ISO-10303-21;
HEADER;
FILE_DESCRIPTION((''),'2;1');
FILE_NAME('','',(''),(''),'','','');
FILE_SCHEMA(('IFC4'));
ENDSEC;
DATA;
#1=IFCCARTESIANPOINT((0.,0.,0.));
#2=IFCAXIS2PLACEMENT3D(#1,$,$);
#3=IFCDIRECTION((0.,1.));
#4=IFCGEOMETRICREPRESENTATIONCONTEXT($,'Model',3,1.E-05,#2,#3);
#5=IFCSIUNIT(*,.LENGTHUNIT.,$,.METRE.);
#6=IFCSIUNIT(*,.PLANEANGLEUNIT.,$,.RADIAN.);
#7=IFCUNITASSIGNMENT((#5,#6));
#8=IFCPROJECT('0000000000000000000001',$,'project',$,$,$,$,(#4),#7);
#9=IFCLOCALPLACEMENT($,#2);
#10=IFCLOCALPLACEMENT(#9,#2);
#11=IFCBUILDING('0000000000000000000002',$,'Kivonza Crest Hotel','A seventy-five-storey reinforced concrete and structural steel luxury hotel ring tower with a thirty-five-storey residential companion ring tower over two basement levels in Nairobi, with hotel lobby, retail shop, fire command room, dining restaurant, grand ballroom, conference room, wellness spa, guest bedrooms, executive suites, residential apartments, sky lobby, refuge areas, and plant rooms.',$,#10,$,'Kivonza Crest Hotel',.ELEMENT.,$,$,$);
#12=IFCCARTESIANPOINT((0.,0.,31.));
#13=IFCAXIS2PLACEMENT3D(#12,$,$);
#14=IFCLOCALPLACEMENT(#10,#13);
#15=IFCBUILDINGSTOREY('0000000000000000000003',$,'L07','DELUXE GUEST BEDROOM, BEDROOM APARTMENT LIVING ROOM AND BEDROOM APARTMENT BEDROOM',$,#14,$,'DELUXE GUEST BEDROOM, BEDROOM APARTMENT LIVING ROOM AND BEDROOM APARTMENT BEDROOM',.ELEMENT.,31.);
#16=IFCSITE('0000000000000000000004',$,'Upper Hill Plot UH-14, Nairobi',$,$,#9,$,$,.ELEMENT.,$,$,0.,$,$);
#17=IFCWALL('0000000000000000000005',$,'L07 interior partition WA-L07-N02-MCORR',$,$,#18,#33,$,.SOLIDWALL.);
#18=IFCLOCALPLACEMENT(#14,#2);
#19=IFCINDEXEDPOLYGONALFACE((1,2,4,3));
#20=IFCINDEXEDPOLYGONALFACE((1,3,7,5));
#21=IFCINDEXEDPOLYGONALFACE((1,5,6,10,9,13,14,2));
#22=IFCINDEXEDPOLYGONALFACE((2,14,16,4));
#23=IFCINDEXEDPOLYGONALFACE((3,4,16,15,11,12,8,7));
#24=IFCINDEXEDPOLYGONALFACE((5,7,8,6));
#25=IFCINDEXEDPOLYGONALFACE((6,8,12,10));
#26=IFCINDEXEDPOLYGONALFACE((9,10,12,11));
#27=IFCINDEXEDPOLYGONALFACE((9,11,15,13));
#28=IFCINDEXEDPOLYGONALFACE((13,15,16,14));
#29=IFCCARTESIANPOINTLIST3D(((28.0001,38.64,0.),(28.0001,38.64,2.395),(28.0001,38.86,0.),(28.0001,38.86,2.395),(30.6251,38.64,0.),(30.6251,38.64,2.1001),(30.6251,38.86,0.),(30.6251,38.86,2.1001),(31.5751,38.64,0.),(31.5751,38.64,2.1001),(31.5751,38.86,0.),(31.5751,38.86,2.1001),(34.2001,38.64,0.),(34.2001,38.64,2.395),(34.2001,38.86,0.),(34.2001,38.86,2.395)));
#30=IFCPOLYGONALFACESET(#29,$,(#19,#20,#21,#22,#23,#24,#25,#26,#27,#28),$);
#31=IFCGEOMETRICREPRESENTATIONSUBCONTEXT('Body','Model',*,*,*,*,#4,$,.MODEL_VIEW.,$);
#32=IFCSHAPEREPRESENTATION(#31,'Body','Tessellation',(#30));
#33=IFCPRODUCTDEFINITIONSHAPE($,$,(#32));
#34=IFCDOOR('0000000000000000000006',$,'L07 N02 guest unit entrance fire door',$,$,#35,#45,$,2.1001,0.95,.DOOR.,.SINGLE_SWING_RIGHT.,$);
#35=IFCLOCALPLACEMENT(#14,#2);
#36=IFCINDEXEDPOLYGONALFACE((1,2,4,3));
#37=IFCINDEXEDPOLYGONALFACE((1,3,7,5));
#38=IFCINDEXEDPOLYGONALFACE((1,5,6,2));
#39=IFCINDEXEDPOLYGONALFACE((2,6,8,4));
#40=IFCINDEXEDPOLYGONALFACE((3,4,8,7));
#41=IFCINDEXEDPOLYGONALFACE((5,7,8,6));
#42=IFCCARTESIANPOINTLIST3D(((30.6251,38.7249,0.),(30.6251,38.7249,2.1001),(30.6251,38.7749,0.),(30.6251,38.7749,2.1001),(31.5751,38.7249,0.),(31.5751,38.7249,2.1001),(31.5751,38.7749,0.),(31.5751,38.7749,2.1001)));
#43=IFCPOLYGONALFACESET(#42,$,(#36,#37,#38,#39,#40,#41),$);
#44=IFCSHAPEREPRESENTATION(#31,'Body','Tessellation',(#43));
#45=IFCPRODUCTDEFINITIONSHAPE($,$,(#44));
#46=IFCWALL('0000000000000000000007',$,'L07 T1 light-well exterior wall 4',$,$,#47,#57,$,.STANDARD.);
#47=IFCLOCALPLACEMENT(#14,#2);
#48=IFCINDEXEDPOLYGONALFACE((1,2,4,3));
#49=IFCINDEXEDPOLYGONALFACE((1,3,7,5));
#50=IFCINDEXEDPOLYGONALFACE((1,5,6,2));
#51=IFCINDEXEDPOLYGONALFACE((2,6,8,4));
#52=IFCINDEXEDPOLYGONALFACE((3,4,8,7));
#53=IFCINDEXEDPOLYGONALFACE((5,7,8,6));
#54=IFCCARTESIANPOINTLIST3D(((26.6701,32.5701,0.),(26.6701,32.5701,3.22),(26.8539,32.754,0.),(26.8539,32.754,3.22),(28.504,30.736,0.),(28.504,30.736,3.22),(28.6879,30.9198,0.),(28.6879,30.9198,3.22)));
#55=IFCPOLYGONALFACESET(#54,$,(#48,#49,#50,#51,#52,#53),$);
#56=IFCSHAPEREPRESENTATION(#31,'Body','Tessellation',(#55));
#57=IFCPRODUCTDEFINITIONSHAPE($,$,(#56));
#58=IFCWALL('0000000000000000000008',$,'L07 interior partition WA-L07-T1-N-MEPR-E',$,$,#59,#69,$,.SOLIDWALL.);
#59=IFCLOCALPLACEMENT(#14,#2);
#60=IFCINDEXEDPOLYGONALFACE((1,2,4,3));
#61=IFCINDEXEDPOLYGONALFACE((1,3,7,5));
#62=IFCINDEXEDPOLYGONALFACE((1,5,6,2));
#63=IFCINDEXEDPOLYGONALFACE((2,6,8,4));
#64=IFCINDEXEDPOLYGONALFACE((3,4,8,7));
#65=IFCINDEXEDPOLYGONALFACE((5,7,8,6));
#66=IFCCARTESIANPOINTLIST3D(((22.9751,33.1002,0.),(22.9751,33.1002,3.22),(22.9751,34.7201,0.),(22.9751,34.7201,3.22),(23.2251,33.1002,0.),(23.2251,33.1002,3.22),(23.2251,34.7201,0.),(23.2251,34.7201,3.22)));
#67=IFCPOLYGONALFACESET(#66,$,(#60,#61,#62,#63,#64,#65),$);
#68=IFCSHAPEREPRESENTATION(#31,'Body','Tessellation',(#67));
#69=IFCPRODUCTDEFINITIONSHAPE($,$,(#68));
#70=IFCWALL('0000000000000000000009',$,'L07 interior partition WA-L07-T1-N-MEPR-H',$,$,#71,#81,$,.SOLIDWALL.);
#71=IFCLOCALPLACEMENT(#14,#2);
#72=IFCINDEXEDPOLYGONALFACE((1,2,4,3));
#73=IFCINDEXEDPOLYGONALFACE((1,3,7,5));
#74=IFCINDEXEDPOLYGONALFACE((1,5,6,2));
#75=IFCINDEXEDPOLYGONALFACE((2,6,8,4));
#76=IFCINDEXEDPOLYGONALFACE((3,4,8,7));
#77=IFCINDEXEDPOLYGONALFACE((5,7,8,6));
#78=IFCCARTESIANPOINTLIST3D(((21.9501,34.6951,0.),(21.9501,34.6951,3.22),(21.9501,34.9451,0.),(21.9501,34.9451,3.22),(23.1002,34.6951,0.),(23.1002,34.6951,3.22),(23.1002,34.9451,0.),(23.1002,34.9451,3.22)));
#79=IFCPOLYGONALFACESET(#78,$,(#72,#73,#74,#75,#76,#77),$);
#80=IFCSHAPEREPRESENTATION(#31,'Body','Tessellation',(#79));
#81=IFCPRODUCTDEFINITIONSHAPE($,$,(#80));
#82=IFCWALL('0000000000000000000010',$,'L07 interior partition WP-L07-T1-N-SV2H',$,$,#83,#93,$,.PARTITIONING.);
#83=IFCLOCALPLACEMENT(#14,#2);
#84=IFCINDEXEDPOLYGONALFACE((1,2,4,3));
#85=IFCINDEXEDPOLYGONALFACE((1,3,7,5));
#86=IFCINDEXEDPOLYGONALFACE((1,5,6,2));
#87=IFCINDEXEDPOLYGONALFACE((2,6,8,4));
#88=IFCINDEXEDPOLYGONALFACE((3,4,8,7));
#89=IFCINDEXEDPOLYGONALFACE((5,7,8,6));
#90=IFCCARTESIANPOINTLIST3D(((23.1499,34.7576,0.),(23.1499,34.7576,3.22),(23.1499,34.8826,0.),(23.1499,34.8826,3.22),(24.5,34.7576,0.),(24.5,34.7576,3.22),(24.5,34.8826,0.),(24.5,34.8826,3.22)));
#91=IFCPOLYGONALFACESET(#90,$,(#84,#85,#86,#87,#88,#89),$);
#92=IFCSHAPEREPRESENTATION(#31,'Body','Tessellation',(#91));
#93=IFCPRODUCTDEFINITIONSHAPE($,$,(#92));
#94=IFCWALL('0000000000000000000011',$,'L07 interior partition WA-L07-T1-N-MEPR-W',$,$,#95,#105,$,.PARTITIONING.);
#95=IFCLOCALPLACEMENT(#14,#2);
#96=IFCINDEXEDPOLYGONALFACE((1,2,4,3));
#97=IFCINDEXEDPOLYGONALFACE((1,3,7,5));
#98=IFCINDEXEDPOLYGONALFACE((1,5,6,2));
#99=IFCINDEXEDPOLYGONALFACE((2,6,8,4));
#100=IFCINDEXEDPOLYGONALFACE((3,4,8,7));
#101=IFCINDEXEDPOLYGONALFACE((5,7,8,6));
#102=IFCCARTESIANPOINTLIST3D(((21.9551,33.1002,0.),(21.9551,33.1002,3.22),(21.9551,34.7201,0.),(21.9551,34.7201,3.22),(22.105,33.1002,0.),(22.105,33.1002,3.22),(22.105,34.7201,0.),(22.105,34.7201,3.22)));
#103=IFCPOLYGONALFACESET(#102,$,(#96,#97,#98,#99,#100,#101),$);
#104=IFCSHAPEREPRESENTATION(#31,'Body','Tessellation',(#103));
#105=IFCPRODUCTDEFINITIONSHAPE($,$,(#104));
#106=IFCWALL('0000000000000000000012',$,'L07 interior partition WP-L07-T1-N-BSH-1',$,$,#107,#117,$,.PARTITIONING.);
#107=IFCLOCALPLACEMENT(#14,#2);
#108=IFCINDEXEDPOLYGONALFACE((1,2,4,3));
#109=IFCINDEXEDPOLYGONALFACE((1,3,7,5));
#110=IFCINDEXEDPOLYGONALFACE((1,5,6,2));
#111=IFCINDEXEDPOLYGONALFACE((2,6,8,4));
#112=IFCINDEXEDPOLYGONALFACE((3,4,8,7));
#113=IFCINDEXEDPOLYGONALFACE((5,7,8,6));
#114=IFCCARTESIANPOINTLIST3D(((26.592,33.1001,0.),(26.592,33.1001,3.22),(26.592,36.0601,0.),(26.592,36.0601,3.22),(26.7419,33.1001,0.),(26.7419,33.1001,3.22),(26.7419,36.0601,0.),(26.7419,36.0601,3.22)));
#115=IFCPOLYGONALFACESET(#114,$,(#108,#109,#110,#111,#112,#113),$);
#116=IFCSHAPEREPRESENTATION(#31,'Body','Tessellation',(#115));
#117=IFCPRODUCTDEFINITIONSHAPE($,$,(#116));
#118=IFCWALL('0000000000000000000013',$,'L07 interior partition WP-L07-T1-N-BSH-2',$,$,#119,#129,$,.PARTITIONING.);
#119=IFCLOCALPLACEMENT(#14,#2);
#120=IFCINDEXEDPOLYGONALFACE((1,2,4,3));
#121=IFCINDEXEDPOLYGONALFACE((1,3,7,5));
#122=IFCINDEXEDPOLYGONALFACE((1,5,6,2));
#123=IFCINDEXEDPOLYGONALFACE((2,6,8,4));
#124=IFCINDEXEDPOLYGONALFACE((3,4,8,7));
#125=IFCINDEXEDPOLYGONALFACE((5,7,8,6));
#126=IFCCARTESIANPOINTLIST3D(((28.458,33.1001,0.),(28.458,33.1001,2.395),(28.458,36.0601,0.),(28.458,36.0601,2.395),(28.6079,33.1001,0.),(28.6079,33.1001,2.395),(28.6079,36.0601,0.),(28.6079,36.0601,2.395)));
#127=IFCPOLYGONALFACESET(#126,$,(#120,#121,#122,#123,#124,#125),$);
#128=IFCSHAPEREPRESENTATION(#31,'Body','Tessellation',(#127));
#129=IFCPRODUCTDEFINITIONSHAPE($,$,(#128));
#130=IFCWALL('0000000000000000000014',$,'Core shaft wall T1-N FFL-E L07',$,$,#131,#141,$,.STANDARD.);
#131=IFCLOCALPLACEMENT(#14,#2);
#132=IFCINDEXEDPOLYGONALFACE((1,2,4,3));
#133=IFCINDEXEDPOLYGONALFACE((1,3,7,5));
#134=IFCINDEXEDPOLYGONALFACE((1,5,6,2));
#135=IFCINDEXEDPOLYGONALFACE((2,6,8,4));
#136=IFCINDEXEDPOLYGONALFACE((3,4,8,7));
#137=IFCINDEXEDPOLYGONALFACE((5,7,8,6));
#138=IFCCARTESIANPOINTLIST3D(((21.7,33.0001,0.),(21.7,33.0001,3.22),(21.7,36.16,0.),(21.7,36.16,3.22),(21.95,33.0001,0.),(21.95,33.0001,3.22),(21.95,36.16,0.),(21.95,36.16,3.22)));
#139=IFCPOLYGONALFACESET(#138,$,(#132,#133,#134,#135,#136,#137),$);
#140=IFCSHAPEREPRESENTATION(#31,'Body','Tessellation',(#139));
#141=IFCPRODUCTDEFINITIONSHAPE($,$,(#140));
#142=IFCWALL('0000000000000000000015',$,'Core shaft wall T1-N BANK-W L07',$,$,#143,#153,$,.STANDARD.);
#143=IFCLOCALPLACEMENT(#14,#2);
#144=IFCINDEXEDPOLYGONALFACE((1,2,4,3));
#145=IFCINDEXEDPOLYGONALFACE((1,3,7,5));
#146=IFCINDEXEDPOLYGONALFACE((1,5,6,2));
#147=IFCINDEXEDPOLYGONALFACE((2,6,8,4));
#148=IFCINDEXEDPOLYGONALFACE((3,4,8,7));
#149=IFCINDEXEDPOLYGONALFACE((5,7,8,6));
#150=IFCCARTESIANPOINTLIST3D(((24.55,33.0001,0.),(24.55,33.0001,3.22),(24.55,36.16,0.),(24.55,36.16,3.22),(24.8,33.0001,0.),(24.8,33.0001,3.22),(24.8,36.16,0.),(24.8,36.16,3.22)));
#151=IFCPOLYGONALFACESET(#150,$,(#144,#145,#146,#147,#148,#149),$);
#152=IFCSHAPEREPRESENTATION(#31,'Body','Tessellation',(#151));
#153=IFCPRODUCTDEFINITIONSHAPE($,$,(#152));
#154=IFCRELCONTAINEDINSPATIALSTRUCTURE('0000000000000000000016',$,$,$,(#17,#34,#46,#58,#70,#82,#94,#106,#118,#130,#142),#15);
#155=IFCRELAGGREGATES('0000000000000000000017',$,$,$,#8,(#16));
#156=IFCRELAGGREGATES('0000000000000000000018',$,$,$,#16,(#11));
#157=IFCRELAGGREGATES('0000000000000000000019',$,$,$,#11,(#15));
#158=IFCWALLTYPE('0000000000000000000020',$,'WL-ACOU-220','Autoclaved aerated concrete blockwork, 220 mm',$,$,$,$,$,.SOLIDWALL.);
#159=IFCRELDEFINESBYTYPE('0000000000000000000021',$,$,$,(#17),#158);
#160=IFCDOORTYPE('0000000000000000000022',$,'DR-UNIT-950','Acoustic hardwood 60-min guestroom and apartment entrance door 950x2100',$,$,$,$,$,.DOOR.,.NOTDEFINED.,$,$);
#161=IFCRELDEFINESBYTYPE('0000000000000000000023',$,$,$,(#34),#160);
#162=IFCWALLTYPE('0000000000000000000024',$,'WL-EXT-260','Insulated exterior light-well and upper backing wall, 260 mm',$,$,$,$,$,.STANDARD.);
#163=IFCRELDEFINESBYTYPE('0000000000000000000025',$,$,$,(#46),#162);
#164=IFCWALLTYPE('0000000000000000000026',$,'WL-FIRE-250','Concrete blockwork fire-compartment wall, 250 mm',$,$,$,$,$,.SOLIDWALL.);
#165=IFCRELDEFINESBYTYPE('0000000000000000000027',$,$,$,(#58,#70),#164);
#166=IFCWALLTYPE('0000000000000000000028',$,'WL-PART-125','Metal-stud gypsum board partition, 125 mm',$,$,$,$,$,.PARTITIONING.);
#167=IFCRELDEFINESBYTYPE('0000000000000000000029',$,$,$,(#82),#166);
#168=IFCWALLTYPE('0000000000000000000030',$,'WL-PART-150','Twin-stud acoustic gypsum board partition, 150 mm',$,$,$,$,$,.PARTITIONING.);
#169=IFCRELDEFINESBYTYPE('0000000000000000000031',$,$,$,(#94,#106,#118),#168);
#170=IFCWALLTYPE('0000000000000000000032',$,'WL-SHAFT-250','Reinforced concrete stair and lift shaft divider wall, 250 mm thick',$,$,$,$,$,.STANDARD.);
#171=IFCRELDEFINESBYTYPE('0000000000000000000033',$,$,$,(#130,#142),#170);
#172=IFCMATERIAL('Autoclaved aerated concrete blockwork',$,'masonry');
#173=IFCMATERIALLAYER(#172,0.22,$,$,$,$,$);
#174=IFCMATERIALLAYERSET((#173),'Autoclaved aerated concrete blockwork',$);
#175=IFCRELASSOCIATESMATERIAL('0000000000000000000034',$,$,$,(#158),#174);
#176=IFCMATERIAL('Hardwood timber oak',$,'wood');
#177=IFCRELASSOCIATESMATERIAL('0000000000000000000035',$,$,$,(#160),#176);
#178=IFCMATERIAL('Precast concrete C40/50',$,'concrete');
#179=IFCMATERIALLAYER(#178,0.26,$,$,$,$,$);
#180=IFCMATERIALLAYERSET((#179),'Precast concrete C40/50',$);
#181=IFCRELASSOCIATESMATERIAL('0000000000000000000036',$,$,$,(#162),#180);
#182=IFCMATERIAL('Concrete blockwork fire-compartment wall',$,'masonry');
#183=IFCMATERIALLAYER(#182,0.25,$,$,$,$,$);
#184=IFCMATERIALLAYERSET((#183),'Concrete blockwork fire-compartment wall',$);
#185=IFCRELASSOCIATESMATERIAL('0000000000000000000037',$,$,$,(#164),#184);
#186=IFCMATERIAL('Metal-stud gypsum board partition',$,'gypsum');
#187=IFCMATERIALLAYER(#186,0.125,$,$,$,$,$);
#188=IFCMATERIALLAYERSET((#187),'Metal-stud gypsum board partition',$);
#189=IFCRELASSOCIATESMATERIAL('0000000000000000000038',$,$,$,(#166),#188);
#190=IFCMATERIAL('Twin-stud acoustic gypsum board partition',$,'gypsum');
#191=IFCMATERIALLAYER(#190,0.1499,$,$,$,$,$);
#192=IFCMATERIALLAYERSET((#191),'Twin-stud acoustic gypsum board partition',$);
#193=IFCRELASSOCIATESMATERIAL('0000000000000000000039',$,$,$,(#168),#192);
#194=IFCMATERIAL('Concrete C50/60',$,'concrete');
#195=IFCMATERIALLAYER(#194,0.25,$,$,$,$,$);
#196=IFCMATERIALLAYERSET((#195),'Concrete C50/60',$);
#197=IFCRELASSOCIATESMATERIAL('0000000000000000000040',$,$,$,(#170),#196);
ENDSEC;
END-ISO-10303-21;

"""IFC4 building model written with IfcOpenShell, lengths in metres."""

from ifc_helpers import new_model, si_unit, direction, frame, frame_2d, origin, place, context, subcontext, project, spatial, rectangle, extrude, material, layer, layer_set, type_object, element, fill, save


model = new_model("IFC4")

# Units and contexts
model_context = context("Model", 3, precision=1e-05, world=origin(), true_north=direction((0.0, 1.0)))
body_context = subcontext(model_context, "Body", "Model", "MODEL_VIEW")
ifc_project = project(units=[si_unit("LENGTHUNIT", "METRE"), si_unit("PLANEANGLEUNIT", "RADIAN")], contexts=[model_context])

# Site, building, storey
site_placement = place(None, origin())
site = spatial("IfcSite", under=ifc_project, at=site_placement, Name="Upper Hill Plot UH-14, Nairobi", CompositionType="ELEMENT", RefElevation=0.0)
building_placement = place(site_placement, origin())
building = spatial("IfcBuilding", under=site, at=building_placement, Name="Kivonza Crest Hotel", Description="A seventy-five-storey reinforced concrete and structural steel luxury hotel ring tower with a thirty-five-storey residential companion ring tower over two basement levels in Nairobi, with hotel lobby, retail shop, fire command room, dining restaurant, grand ballroom, conference room, wellness spa, guest bedrooms, executive suites, residential apartments, sky lobby, refuge areas, and plant rooms.", LongName="Kivonza Crest Hotel", CompositionType="ELEMENT")
storey_placement = place(building_placement, frame((0.0, 0.0, 31.0)))
storey = spatial("IfcBuildingStorey", under=building, at=storey_placement, Name="L07", Description="DELUXE GUEST BEDROOM, BEDROOM APARTMENT LIVING ROOM AND BEDROOM APARTMENT BEDROOM", LongName="DELUXE GUEST BEDROOM, BEDROOM APARTMENT LIVING ROOM AND BEDROOM APARTMENT BEDROOM", CompositionType="ELEMENT", Elevation=31.0)

# Shared definitions
ifc_material_1 = material(Name="Autoclaved aerated concrete blockwork", Category="masonry")
ifc_layer_1 = layer(ifc_material_1, 0.22)
ifc_layer_set_1 = layer_set([ifc_layer_1], Name="Autoclaved aerated concrete blockwork")
wall_type_1 = type_object("IfcWallType", Name="WL-ACOU-220", Description="Autoclaved aerated concrete blockwork, 220 mm", PredefinedType="SOLIDWALL", material=ifc_layer_set_1)

# Wall, opening, door
wall_1_placement = place(storey_placement, frame((28.0, 38.75, 0.0), z_axis=(0.0, 0.0, 1.0), x_axis=(1.0, 0.0, 0.0)))
wall_1 = element("IfcWall", 1, at=wall_1_placement, inside=storey, type_object=wall_type_1, Name="L07 interior partition WA-L07-N02-MCORR", PredefinedType="SOLIDWALL", context=body_context, shape_type="SweptSolid", body=[
    extrude(rectangle(XDim=6.2, YDim=0.22, at=frame_2d((3.1001, 0.0))), origin(), (0.0, 0.0, 1.0), 2.395),
])
opening_1_placement = place(wall_1_placement, frame((2.625, 0.0, 0.0)))
opening_1 = element("IfcOpeningElement", 2, at=opening_1_placement, cuts=wall_1, PredefinedType="OPENING", context=body_context, shape_type="SweptSolid", body=[
    extrude(rectangle(XDim=0.95, YDim=2.1001, at=frame_2d((0.4751, 1.05))), frame((0.0, 0.1201, 0.0), z_axis=(0.0, -1.0, 0.0), x_axis=(1.0, 0.0, 0.0)), (0.0, 0.0, 1.0), 0.24),
])
ifc_material_2 = material(Name="Hardwood timber oak", Category="wood")
door_type_1 = type_object("IfcDoorType", Name="DR-UNIT-950", Description="Acoustic hardwood 60-min guestroom and apartment entrance door 950x2100", OperationType="NOTDEFINED", PredefinedType="DOOR", material=ifc_material_2)
door_1_placement = place(opening_1_placement, origin())
door_1 = element("IfcDoor", 3, at=door_1_placement, inside=storey, type_object=door_type_1, Name="L07 N02 guest unit entrance fire door", OperationType="SINGLE_SWING_RIGHT", OverallHeight=2.1001, OverallWidth=0.95, PredefinedType="DOOR", context=body_context, shape_type="SweptSolid", body=[
    extrude(rectangle(XDim=0.95, YDim=2.1001, at=frame_2d((0.4751, 1.05))), frame((0.0, 0.0249, 0.0), z_axis=(0.0, -1.0, 0.0), x_axis=(1.0, 0.0, 0.0)), (0.0, 0.0, 1.0), 0.05),
])
fill(opening_1, door_1)

# Walls
ifc_material_3 = material(Name="Precast concrete C40/50", Category="concrete")
ifc_layer_2 = layer(ifc_material_3, 0.26)
ifc_layer_set_2 = layer_set([ifc_layer_2], Name="Precast concrete C40/50")
wall_type_2 = type_object("IfcWallType", Name="WL-EXT-260", Description="Insulated exterior light-well and upper backing wall, 260 mm", PredefinedType="STANDARD", material=ifc_layer_set_2)
wall_2_placement = place(storey_placement, frame((28.5959, 30.8279, 0.0), z_axis=(0.0, 0.0, 1.0), x_axis=(-0.70706, 0.707154, 0.0)))
element("IfcWall", 4, at=wall_2_placement, inside=storey, type_object=wall_type_2, Name="L07 T1 light-well exterior wall 4", PredefinedType="STANDARD", context=body_context, shape_type="SweptSolid", body=[
    extrude(rectangle(XDim=2.5938, YDim=0.26, at=frame_2d((1.2969, 0.0))), origin(), (0.0, 0.0, 1.0), 3.22),
])
ifc_material_4 = material(Name="Concrete blockwork fire-compartment wall", Category="masonry")
ifc_layer_3 = layer(ifc_material_4, 0.25)
ifc_layer_set_3 = layer_set([ifc_layer_3], Name="Concrete blockwork fire-compartment wall")
wall_type_3 = type_object("IfcWallType", Name="WL-FIRE-250", Description="Concrete blockwork fire-compartment wall, 250 mm", PredefinedType="SOLIDWALL", material=ifc_layer_set_3)
wall_3_placement = place(storey_placement, frame((23.1001, 33.1001, 0.0), z_axis=(0.0, 0.0, 1.0), x_axis=(0.0, 1.0, 0.0)))
element("IfcWall", 5, at=wall_3_placement, inside=storey, type_object=wall_type_3, Name="L07 interior partition WA-L07-T1-N-MEPR-E", PredefinedType="SOLIDWALL", context=body_context, shape_type="SweptSolid", body=[
    extrude(rectangle(XDim=1.6199, YDim=0.25, at=frame_2d((0.8101, 0.0))), origin(), (0.0, 0.0, 1.0), 3.22),
])
wall_4_placement = place(storey_placement, frame((21.95, 34.8201, 0.0), z_axis=(0.0, 0.0, 1.0), x_axis=(1.0, 0.0, 0.0)))
element("IfcWall", 6, at=wall_4_placement, inside=storey, type_object=wall_type_3, Name="L07 interior partition WA-L07-T1-N-MEPR-H", PredefinedType="SOLIDWALL", context=body_context, shape_type="SweptSolid", body=[
    extrude(rectangle(XDim=1.1501, YDim=0.25, at=frame_2d((0.5752, 0.0))), origin(), (0.0, 0.0, 1.0), 3.22),
])
ifc_material_5 = material(Name="Metal-stud gypsum board partition", Category="gypsum")
ifc_layer_4 = layer(ifc_material_5, 0.125)
ifc_layer_set_4 = layer_set([ifc_layer_4], Name="Metal-stud gypsum board partition")
wall_type_4 = type_object("IfcWallType", Name="WL-PART-125", Description="Metal-stud gypsum board partition, 125 mm", PredefinedType="PARTITIONING", material=ifc_layer_set_4)
wall_5_placement = place(storey_placement, frame((23.1499, 34.8201, 0.0), z_axis=(0.0, 0.0, 1.0), x_axis=(1.0, 0.0, 0.0)))
element("IfcWall", 7, at=wall_5_placement, inside=storey, type_object=wall_type_4, Name="L07 interior partition WP-L07-T1-N-SV2H", PredefinedType="PARTITIONING", context=body_context, shape_type="SweptSolid", body=[
    extrude(rectangle(XDim=1.3501, YDim=0.125, at=frame_2d((0.675, 0.0))), origin(), (0.0, 0.0, 1.0), 3.22),
])
ifc_material_6 = material(Name="Twin-stud acoustic gypsum board partition", Category="gypsum")
ifc_layer_5 = layer(ifc_material_6, 0.1499)
ifc_layer_set_5 = layer_set([ifc_layer_5], Name="Twin-stud acoustic gypsum board partition")
wall_type_5 = type_object("IfcWallType", Name="WL-PART-150", Description="Twin-stud acoustic gypsum board partition, 150 mm", PredefinedType="PARTITIONING", material=ifc_layer_set_5)
wall_6_placement = place(storey_placement, frame((22.03, 33.1001, 0.0), z_axis=(0.0, 0.0, 1.0), x_axis=(0.0, 1.0, 0.0)))
element("IfcWall", 8, at=wall_6_placement, inside=storey, type_object=wall_type_5, Name="L07 interior partition WA-L07-T1-N-MEPR-W", PredefinedType="PARTITIONING", context=body_context, shape_type="SweptSolid", body=[
    extrude(rectangle(XDim=1.6199, YDim=0.1499, at=frame_2d((0.8101, 0.0))), origin(), (0.0, 0.0, 1.0), 3.22),
])
wall_7_placement = place(storey_placement, frame((26.667, 33.1001, 0.0), z_axis=(0.0, 0.0, 1.0), x_axis=(0.0, 1.0, 0.0)))
element("IfcWall", 9, at=wall_7_placement, inside=storey, type_object=wall_type_5, Name="L07 interior partition WP-L07-T1-N-BSH-1", PredefinedType="PARTITIONING", context=body_context, shape_type="SweptSolid", body=[
    extrude(rectangle(XDim=2.96, YDim=0.1499, at=frame_2d((1.48, 0.0))), origin(), (0.0, 0.0, 1.0), 3.22),
])
wall_8_placement = place(storey_placement, frame((28.533, 33.1001, 0.0), z_axis=(0.0, 0.0, 1.0), x_axis=(0.0, 1.0, 0.0)))
element("IfcWall", 10, at=wall_8_placement, inside=storey, type_object=wall_type_5, Name="L07 interior partition WP-L07-T1-N-BSH-2", PredefinedType="PARTITIONING", context=body_context, shape_type="SweptSolid", body=[
    extrude(rectangle(XDim=2.96, YDim=0.1499, at=frame_2d((1.48, 0.0))), origin(), (0.0, 0.0, 1.0), 2.395),
])

# Shared definitions
ifc_material_7 = material(Name="Concrete C50/60", Category="concrete")
ifc_layer_6 = layer(ifc_material_7, 0.25)
ifc_layer_set_6 = layer_set([ifc_layer_6], Name="Concrete C50/60")
wall_type_6 = type_object("IfcWallType", Name="WL-SHAFT-250", Description="Reinforced concrete stair and lift shaft divider wall, 250 mm thick", PredefinedType="STANDARD", material=ifc_layer_set_6)

# Walls
for number, where, z_axis, x_axis, name in (
    (11, (21.825, 33.0, 0.0), (0.0, 0.0, 1.0), (0.0, 1.0, 0.0), "Core shaft wall T1-N FFL-E L07"),
    (12, (24.675, 33.0, 0.0), (0.0, 0.0, 1.0), (0.0, 1.0, 0.0), "Core shaft wall T1-N BANK-W L07"),
):
    element("IfcWall", number, at=place(storey_placement, frame(where, z_axis=z_axis, x_axis=x_axis)), inside=storey, type_object=wall_type_6, Name=name, PredefinedType="STANDARD", context=body_context, shape_type="SweptSolid", body=[
        extrude(rectangle(XDim=3.1599, YDim=0.25, at=frame_2d((1.5801, 0.0))), origin(), (0.0, 0.0, 1.0), 3.22),
    ])

save(model, "model.ifc")
